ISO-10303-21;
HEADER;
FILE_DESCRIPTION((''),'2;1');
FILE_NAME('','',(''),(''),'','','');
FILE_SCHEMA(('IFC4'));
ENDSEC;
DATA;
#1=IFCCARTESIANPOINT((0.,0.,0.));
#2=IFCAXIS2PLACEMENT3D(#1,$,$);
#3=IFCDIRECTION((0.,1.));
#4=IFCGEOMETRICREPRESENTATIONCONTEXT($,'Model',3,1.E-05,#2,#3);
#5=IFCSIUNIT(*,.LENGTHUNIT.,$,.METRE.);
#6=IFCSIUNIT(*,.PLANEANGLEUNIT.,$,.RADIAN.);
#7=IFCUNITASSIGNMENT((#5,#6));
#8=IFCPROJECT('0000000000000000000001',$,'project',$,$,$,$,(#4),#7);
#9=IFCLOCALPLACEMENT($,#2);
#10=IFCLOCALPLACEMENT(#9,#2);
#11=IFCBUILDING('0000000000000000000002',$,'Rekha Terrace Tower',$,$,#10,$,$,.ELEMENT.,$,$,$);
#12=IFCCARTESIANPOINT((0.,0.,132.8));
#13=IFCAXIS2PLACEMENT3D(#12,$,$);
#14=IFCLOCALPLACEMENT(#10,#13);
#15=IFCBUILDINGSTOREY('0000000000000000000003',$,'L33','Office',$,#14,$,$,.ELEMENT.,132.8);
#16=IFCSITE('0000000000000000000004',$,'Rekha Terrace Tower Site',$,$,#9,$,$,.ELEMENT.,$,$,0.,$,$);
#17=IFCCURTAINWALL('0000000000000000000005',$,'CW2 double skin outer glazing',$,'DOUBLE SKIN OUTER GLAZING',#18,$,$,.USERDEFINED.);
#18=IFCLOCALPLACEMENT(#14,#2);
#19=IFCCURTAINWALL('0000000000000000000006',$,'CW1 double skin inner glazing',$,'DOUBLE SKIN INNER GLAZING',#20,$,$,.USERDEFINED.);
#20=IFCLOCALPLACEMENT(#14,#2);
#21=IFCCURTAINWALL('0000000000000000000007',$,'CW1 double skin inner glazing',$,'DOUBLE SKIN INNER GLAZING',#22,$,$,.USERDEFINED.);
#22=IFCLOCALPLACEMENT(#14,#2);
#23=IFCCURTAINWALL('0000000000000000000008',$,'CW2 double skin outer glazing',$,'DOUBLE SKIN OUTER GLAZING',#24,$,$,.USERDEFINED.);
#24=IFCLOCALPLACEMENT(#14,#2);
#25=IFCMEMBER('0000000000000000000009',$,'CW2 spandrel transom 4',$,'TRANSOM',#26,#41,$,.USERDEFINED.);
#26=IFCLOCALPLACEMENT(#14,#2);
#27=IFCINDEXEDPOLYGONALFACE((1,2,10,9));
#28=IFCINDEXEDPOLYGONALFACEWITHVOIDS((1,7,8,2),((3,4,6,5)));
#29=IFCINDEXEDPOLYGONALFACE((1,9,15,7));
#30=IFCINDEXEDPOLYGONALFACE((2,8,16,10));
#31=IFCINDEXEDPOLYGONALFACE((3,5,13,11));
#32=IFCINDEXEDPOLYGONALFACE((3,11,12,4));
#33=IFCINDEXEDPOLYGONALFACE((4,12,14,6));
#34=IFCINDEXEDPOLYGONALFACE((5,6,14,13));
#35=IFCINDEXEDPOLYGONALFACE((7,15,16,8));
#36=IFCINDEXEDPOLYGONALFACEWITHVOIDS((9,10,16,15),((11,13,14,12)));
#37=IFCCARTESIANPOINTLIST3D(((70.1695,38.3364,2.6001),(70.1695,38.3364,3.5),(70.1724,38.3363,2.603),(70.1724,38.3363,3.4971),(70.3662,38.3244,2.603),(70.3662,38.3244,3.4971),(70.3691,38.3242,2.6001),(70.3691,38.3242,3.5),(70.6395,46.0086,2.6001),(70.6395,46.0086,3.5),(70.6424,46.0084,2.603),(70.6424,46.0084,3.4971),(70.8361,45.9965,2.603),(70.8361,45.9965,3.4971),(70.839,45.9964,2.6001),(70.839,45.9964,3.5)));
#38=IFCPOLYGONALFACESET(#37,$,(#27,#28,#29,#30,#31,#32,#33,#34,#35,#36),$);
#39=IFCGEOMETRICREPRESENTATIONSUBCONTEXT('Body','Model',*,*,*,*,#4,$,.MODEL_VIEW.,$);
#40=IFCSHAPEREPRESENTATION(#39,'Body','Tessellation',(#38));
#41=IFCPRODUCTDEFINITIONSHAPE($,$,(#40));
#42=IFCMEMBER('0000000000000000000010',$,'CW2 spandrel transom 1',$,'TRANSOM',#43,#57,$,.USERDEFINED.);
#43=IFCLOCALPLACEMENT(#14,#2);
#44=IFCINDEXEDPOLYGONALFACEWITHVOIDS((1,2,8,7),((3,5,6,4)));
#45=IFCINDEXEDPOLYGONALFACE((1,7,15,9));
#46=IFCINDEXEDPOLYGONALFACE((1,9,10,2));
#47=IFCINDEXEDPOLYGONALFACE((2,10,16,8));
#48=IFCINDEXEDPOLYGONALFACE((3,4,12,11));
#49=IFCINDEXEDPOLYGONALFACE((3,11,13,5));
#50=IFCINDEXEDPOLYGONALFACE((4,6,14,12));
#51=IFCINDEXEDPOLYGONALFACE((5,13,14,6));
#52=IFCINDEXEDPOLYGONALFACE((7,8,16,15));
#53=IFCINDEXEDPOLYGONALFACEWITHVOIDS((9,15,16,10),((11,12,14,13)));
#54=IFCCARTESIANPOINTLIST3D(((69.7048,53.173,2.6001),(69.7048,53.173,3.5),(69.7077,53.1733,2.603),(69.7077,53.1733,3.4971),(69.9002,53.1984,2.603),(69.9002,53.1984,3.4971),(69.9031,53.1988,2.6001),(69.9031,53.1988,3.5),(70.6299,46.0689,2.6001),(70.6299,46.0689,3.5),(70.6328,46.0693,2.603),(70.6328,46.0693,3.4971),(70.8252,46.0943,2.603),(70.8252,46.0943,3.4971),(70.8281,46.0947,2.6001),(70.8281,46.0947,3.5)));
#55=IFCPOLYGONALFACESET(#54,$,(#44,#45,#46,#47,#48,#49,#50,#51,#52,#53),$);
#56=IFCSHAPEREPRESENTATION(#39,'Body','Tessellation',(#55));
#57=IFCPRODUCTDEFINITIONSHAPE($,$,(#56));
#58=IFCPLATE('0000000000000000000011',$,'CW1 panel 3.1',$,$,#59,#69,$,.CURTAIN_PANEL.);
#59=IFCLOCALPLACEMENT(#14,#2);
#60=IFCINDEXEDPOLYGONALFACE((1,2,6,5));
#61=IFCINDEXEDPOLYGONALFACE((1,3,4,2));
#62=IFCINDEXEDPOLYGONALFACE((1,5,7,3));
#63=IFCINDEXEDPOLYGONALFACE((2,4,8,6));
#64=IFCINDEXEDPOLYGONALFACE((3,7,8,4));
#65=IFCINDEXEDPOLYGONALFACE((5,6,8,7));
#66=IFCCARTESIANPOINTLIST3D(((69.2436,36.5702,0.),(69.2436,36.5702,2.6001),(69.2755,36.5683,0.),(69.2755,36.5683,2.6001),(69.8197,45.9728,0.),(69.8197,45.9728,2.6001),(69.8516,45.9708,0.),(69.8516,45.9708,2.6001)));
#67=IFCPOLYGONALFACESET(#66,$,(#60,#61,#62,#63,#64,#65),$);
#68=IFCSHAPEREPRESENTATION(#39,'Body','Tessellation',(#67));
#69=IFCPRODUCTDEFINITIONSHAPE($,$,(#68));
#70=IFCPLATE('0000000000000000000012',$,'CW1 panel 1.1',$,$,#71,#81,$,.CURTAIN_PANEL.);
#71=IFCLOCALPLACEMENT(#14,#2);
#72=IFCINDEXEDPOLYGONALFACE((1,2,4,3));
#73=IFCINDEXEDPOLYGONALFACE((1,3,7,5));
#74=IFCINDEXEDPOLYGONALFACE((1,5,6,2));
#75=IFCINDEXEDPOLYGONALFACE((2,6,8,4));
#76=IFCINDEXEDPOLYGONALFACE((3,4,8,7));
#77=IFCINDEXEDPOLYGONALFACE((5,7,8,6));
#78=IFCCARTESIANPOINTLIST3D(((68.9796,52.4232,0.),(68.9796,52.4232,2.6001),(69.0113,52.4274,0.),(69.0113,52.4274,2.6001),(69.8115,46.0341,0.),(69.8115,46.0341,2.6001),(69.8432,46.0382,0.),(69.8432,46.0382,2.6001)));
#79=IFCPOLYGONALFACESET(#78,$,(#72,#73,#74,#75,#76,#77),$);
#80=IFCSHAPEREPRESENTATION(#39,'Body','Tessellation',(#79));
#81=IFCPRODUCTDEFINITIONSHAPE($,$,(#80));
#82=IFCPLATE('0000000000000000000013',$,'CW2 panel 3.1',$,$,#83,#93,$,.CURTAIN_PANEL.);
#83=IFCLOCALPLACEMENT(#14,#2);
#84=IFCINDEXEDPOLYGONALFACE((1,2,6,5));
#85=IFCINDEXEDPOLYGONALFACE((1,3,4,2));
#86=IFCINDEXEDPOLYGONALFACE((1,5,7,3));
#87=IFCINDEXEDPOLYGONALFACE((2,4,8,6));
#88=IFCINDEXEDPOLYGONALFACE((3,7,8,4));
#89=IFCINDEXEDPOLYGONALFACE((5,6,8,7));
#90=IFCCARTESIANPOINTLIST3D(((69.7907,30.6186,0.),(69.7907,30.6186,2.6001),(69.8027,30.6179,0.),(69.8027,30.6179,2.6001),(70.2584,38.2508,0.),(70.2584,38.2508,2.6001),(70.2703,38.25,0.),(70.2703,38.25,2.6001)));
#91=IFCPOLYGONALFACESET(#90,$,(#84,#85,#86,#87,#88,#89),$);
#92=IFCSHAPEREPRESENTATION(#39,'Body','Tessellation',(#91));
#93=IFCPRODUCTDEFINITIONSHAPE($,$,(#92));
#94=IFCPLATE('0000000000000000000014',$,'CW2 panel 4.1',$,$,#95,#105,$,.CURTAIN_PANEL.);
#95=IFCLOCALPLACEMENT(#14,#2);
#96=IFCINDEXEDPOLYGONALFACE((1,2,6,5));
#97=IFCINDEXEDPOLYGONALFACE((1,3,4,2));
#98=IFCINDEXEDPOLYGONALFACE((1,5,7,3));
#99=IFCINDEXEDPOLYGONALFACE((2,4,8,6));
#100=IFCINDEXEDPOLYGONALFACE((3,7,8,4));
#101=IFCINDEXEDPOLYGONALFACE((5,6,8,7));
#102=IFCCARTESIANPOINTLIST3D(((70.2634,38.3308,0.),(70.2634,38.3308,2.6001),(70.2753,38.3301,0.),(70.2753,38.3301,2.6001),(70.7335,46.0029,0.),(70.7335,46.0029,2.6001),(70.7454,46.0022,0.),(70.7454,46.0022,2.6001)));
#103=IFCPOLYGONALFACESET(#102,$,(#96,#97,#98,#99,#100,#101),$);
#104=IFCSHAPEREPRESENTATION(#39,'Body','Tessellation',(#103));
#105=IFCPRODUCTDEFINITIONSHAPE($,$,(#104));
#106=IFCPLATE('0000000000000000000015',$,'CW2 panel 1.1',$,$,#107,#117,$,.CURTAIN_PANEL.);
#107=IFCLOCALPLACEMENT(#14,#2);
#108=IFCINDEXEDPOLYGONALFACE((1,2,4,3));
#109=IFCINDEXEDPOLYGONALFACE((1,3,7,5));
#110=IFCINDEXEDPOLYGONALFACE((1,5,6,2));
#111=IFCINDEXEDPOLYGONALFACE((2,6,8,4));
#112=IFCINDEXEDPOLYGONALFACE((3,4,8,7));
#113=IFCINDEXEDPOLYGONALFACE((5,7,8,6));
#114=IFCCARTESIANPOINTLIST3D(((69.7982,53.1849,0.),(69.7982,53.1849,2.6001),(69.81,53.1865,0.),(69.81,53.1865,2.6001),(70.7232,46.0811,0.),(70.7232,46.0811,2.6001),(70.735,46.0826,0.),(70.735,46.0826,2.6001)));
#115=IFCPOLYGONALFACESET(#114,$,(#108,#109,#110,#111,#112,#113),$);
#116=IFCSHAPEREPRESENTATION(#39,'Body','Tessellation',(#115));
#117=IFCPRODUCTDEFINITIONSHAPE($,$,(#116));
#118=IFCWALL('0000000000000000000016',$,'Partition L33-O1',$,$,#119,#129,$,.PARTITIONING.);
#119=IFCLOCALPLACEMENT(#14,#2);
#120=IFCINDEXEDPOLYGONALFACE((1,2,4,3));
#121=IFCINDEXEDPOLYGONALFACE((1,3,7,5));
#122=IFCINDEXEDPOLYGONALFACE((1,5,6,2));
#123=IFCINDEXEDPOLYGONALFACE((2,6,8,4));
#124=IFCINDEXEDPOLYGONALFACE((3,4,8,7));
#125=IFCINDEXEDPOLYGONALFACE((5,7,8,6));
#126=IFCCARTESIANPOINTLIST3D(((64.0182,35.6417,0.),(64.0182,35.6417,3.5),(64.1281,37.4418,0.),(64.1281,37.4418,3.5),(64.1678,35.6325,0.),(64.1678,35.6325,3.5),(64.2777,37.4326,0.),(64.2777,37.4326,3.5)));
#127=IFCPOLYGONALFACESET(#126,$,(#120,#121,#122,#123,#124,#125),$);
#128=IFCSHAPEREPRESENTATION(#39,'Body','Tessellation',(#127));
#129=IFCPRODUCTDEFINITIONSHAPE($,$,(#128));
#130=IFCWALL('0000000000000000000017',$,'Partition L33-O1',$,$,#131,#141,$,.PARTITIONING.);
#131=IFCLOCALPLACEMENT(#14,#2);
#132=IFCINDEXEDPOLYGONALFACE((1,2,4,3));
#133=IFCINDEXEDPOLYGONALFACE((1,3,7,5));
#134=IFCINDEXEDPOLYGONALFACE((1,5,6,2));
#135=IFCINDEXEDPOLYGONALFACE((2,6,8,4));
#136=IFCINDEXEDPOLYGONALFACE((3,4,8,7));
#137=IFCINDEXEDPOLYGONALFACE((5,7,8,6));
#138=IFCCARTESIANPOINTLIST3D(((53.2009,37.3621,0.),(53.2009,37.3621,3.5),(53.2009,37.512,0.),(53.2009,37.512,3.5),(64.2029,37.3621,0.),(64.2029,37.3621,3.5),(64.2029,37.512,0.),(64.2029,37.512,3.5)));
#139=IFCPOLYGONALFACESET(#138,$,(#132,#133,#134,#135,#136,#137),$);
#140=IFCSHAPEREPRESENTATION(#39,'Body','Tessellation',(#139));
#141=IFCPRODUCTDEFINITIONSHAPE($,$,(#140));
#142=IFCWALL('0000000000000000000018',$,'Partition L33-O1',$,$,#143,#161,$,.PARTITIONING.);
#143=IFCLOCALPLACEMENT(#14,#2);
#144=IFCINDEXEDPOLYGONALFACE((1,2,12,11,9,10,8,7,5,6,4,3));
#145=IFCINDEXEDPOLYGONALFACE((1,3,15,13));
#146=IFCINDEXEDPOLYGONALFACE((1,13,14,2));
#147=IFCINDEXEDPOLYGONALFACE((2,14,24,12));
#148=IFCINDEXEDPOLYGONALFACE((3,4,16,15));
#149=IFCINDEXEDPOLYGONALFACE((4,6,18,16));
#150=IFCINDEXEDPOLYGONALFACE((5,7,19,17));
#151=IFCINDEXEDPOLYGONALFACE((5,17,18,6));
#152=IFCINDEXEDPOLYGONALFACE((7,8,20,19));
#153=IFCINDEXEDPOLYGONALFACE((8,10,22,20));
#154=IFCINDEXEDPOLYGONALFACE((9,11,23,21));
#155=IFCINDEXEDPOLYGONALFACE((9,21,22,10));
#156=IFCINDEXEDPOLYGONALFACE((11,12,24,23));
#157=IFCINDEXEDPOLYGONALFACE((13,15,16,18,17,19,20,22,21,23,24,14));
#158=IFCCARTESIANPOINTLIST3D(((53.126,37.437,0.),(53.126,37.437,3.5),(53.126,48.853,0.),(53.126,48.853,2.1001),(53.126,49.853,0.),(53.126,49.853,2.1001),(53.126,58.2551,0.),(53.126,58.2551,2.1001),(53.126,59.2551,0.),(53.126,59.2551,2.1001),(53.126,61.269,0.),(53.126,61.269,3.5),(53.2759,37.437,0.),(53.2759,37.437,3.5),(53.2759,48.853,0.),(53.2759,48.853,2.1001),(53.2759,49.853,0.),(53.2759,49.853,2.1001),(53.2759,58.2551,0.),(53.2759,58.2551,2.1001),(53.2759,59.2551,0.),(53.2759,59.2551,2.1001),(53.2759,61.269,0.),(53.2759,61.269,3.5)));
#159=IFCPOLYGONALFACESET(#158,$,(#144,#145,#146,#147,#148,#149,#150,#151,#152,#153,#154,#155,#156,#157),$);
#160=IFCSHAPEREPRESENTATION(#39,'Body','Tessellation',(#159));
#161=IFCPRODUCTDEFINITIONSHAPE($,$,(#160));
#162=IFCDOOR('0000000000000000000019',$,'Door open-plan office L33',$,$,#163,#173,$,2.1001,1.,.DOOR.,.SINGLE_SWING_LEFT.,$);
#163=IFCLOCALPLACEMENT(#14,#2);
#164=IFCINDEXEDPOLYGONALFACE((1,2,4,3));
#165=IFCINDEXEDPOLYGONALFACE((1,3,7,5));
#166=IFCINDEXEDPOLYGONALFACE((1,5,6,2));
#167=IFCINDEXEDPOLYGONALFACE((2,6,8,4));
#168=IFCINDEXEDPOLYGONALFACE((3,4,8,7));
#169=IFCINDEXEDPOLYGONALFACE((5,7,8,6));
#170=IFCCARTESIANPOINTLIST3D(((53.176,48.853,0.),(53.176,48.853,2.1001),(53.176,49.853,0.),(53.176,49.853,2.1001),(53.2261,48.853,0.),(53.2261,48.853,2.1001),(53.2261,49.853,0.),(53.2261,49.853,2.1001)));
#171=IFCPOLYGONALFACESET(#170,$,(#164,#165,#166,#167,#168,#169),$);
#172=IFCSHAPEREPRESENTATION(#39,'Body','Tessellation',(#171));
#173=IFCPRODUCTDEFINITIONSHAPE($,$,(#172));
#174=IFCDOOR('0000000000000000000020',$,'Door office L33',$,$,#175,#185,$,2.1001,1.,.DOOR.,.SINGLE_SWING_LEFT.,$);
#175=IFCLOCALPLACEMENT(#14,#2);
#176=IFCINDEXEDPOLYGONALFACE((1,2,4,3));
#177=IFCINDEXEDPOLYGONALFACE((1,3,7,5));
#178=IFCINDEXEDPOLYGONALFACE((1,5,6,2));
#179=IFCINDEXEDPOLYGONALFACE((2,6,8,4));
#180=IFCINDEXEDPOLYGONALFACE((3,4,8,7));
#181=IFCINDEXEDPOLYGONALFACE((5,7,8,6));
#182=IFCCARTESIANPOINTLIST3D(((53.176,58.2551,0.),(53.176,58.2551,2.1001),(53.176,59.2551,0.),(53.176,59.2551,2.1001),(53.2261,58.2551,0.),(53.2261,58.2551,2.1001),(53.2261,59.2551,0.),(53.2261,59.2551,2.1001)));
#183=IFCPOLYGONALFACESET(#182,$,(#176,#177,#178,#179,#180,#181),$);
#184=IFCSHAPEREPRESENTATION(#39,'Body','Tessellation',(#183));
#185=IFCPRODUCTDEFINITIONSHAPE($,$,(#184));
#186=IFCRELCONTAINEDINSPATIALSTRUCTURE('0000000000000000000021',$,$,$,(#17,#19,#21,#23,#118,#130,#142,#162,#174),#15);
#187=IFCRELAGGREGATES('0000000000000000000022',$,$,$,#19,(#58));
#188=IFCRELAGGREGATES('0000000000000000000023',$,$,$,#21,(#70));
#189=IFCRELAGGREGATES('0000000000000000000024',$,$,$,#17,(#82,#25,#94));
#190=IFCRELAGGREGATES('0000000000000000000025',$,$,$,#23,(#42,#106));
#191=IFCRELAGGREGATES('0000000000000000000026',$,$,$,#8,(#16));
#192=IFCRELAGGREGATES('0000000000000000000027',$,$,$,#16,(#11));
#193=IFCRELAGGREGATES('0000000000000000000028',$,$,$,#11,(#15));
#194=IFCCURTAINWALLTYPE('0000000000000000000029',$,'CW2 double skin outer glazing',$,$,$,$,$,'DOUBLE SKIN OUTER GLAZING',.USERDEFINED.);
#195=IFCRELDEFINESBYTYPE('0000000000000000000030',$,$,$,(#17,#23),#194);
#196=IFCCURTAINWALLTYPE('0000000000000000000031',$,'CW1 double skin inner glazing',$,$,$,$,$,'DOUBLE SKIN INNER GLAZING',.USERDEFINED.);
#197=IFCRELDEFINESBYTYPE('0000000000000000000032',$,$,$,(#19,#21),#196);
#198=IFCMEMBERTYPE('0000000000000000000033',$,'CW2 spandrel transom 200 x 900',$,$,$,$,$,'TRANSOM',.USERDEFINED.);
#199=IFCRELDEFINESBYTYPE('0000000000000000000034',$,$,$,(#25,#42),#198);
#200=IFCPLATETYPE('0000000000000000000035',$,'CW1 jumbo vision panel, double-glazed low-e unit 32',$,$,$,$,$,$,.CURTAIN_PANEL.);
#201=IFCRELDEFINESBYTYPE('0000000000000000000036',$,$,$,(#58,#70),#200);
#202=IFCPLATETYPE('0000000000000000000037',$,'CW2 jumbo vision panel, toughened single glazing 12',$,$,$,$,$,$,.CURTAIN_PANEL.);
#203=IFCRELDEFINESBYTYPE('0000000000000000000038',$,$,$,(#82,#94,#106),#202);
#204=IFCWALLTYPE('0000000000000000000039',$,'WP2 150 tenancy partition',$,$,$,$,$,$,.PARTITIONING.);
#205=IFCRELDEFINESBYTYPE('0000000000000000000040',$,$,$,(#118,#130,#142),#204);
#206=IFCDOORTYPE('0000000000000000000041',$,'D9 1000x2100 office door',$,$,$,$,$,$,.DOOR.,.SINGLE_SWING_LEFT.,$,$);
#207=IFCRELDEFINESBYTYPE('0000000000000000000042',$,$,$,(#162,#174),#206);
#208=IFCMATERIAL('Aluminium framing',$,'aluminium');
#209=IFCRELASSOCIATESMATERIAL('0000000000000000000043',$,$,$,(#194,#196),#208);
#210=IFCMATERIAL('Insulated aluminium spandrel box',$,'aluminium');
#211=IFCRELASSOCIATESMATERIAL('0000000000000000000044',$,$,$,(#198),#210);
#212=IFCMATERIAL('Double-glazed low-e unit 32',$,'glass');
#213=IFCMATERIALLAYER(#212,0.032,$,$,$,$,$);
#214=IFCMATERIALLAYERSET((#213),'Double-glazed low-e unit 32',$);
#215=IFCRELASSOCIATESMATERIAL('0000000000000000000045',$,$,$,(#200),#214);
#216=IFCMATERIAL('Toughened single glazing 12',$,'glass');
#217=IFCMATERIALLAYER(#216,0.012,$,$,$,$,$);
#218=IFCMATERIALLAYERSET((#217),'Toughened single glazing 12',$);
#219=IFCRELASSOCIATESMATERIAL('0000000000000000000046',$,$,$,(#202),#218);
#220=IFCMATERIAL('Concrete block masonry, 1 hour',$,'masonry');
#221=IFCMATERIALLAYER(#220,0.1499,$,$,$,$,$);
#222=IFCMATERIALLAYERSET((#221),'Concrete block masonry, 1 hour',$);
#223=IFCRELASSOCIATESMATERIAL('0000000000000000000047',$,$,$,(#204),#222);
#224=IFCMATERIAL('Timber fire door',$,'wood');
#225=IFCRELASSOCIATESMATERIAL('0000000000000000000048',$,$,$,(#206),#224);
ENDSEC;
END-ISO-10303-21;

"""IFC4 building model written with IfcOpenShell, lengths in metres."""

from ifc_helpers import new_model, si_unit, direction, frame, frame_2d, origin, origin_2d, place, context, subcontext, project, spatial, rectangle, hollow_rectangle, extrude, material, layer, layer_set, material_profile, profile_set, type_object, element, fill, aggregate, save


model = new_model("IFC4")

# Units and contexts
model_context = context("Model", 3, precision=1e-05, world=origin(), true_north=direction((0.0, 1.0)))
body_context = subcontext(model_context, "Body", "Model", "MODEL_VIEW")
ifc_project = project(units=[si_unit("LENGTHUNIT", "METRE"), si_unit("PLANEANGLEUNIT", "RADIAN")], contexts=[model_context])

# Site, building, storey
site_placement = place(None, origin())
site = spatial("IfcSite", under=ifc_project, at=site_placement, Name="Rekha Terrace Tower Site", CompositionType="ELEMENT", RefElevation=0.0)
building_placement = place(site_placement, origin())
building = spatial("IfcBuilding", under=site, at=building_placement, Name="Rekha Terrace Tower", CompositionType="ELEMENT")
storey_placement = place(building_placement, frame((0.0, 0.0, 132.8)))
storey = spatial("IfcBuildingStorey", under=building, at=storey_placement, Name="L33", Description="Office", CompositionType="ELEMENT", Elevation=132.8)

# Curtain walls
ifc_material_1 = material(Name="Aluminium framing", Category="aluminium")
curtain_wall_type_1 = type_object("IfcCurtainWallType", Name="CW2 double skin outer glazing", ElementType="DOUBLE SKIN OUTER GLAZING", PredefinedType="USERDEFINED", material=ifc_material_1)
curtain_wall_1_placement = place(storey_placement, origin())
curtain_wall_1 = element("IfcCurtainWall", 1, at=curtain_wall_1_placement, inside=storey, type_object=curtain_wall_type_1, Name="CW2 double skin outer glazing", ObjectType="DOUBLE SKIN OUTER GLAZING", PredefinedType="USERDEFINED")
curtain_wall_type_2 = type_object("IfcCurtainWallType", Name="CW1 double skin inner glazing", ElementType="DOUBLE SKIN INNER GLAZING", PredefinedType="USERDEFINED", material=ifc_material_1)
curtain_wall_2_placement = place(storey_placement, origin())
curtain_wall_2 = element("IfcCurtainWall", 2, at=curtain_wall_2_placement, inside=storey, type_object=curtain_wall_type_2, Name="CW1 double skin inner glazing", ObjectType="DOUBLE SKIN INNER GLAZING", PredefinedType="USERDEFINED")
curtain_wall_3_placement = place(storey_placement, origin())
curtain_wall_3 = element("IfcCurtainWall", 3, at=curtain_wall_3_placement, inside=storey, type_object=curtain_wall_type_2, Name="CW1 double skin inner glazing", ObjectType="DOUBLE SKIN INNER GLAZING", PredefinedType="USERDEFINED")

# Shared definitions
ifc_material_2 = material(Name="Insulated aluminium spandrel box", Category="aluminium")

# Curtain wall
curtain_wall_4_placement = place(storey_placement, origin())
curtain_wall_4 = element("IfcCurtainWall", 4, at=curtain_wall_4_placement, inside=storey, type_object=curtain_wall_type_1, Name="CW2 double skin outer glazing", ObjectType="DOUBLE SKIN OUTER GLAZING", PredefinedType="USERDEFINED")

# Members
ifc_material_profile_1 = material_profile(ifc_material_2, hollow_rectangle(XDim=0.2, YDim=0.8999, WallThickness=0.0029, at=origin_2d()), Name="AL SPANDREL BOX 200x900")
ifc_profile_set_1 = profile_set([ifc_material_profile_1], Name="Insulated aluminium spandrel box")
member_type_1 = type_object("IfcMemberType", Name="CW2 spandrel transom 200 x 900", ElementType="TRANSOM", PredefinedType="USERDEFINED", material=ifc_profile_set_1)
member_1_placement = place(storey_placement, frame((70.2693, 38.3303, 3.05), z_axis=(0.061142, 0.998129, 0.0), x_axis=(-0.998129, 0.061142, 0.0)))
member_1 = element("IfcMember", 5, at=member_1_placement, type_object=member_type_1, Name="CW2 spandrel transom 4", ObjectType="TRANSOM", PredefinedType="USERDEFINED", context=body_context, shape_type="SweptSolid", body=[
    extrude(hollow_rectangle(XDim=0.2, YDim=0.8999, WallThickness=0.0029, at=origin_2d()), origin(), (0.0, 0.0, 1.0), 7.6865),
])
member_2_placement = place(storey_placement, frame((70.729, 46.0818, 3.05), z_axis=(-0.129125, 0.991628, 0.0), x_axis=(-0.991628, -0.129125, 0.0)))
member_2 = element("IfcMember", 6, at=member_2_placement, type_object=member_type_1, Name="CW2 spandrel transom 1", ObjectType="TRANSOM", PredefinedType="USERDEFINED", context=body_context, shape_type="SweptSolid", body=[
    extrude(hollow_rectangle(XDim=0.2, YDim=0.8999, WallThickness=0.0029, at=origin_2d()), origin(), (0.0, 0.0, 1.0), 7.1641),
])

# Plates
ifc_material_3 = material(Name="Double-glazed low-e unit 32", Category="glass")
ifc_layer_1 = layer(ifc_material_3, 0.032)
ifc_layer_set_1 = layer_set([ifc_layer_1], Name="Double-glazed low-e unit 32")
plate_type_1 = type_object("IfcPlateType", Name="CW1 jumbo vision panel, double-glazed low-e unit 32", PredefinedType="CURTAIN_PANEL", material=ifc_layer_set_1)
plate_1_placement = place(storey_placement, frame((69.5476, 41.2705, 0.0), z_axis=(0.0, 0.0, 1.0), x_axis=(0.06116, 0.998128, 0.0)))
plate_1 = element("IfcPlate", 7, at=plate_1_placement, type_object=plate_type_1, Name="CW1 panel 3.1", PredefinedType="CURTAIN_PANEL", context=body_context, shape_type="SweptSolid", body=[
    extrude(rectangle(XDim=9.4202, YDim=0.032, at=origin_2d()), origin(), (0.0, 0.0, 1.0), 2.6001),
])
aggregate(curtain_wall_2, [plate_1])
plate_2_placement = place(storey_placement, frame((69.4114, 49.2307, 0.0), z_axis=(0.0, 0.0, 1.0), x_axis=(-0.129118, 0.991629, 0.0)))
plate_2 = element("IfcPlate", 8, at=plate_2_placement, type_object=plate_type_1, Name="CW1 panel 1.1", PredefinedType="CURTAIN_PANEL", context=body_context, shape_type="SweptSolid", body=[
    extrude(rectangle(XDim=6.4431, YDim=0.032, at=origin_2d()), origin(), (0.0, 0.0, 1.0), 2.6001),
])
aggregate(curtain_wall_3, [plate_2])
ifc_material_4 = material(Name="Toughened single glazing 12", Category="glass")
ifc_layer_2 = layer(ifc_material_4, 0.012)
ifc_layer_set_2 = layer_set([ifc_layer_2], Name="Toughened single glazing 12")
plate_type_2 = type_object("IfcPlateType", Name="CW2 jumbo vision panel, toughened single glazing 12", PredefinedType="CURTAIN_PANEL", material=ifc_layer_set_2)
plate_3_placement = place(storey_placement, frame((70.0305, 34.4343, 0.0), z_axis=(0.0, 0.0, 1.0), x_axis=(0.06116, 0.998128, 0.0)))
plate_3 = element("IfcPlate", 9, at=plate_3_placement, type_object=plate_type_2, Name="CW2 panel 3.1", PredefinedType="CURTAIN_PANEL", context=body_context, shape_type="SweptSolid", body=[
    extrude(rectangle(XDim=7.6465, YDim=0.012, at=origin_2d()), origin(), (0.0, 0.0, 1.0), 2.6001),
])
plate_4_placement = place(storey_placement, frame((70.5044, 42.1665, 0.0), z_axis=(0.0, 0.0, 1.0), x_axis=(0.06116, 0.998128, 0.0)))
plate_4 = element("IfcPlate", 10, at=plate_4_placement, type_object=plate_type_2, Name="CW2 panel 4.1", PredefinedType="CURTAIN_PANEL", context=body_context, shape_type="SweptSolid", body=[
    extrude(rectangle(XDim=7.6865, YDim=0.012, at=origin_2d()), origin(), (0.0, 0.0, 1.0), 2.6001),
])
aggregate(curtain_wall_1, [plate_3, member_1, plate_4])
plate_5_placement = place(storey_placement, frame((70.2666, 49.6338, 0.0), z_axis=(0.0, 0.0, 1.0), x_axis=(-0.129118, 0.991629, 0.0)))
plate_5 = element("IfcPlate", 11, at=plate_5_placement, type_object=plate_type_2, Name="CW2 panel 1.1", PredefinedType="CURTAIN_PANEL", context=body_context, shape_type="SweptSolid", body=[
    extrude(rectangle(XDim=7.1638, YDim=0.012, at=origin_2d()), origin(), (0.0, 0.0, 1.0), 2.6001),
])
aggregate(curtain_wall_4, [member_2, plate_5])

# Walls
ifc_material_5 = material(Name="Concrete block masonry, 1 hour", Category="masonry")
ifc_layer_3 = layer(ifc_material_5, 0.1499)
ifc_layer_set_3 = layer_set([ifc_layer_3], Name="Concrete block masonry, 1 hour")
wall_type_1 = type_object("IfcWallType", Name="WP2 150 tenancy partition", PredefinedType="PARTITIONING", material=ifc_layer_set_3)
wall_1_placement = place(storey_placement, frame((64.093, 35.637, 0.0), z_axis=(0.0, 0.0, 1.0), x_axis=(0.06092, 0.998143, 0.0)))
element("IfcWall", 12, at=wall_1_placement, inside=storey, type_object=wall_type_1, Name="Partition L33-O1", PredefinedType="PARTITIONING", context=body_context, shape_type="SweptSolid", body=[
    extrude(rectangle(XDim=1.8035, YDim=0.1499, at=frame_2d((0.9019, 0.0))), origin(), (0.0, 0.0, 1.0), 3.5),
])
wall_2_placement = place(storey_placement, frame((64.2029, 37.437, 0.0), z_axis=(0.0, 0.0, 1.0), x_axis=(-1.0, 0.0, 0.0)))
element("IfcWall", 13, at=wall_2_placement, inside=storey, type_object=wall_type_1, Name="Partition L33-O1", PredefinedType="PARTITIONING", context=body_context, shape_type="SweptSolid", body=[
    extrude(rectangle(XDim=11.002, YDim=0.1499, at=frame_2d((5.501, 0.0))), origin(), (0.0, 0.0, 1.0), 3.5),
])

# Wall, openings, doors
wall_3_placement = place(storey_placement, frame((53.2009, 37.437, 0.0), z_axis=(0.0, 0.0, 1.0), x_axis=(0.0, 1.0, 0.0)))
wall_3 = element("IfcWall", 14, at=wall_3_placement, inside=storey, type_object=wall_type_1, Name="Partition L33-O1", PredefinedType="PARTITIONING", context=body_context, shape_type="SweptSolid", body=[
    extrude(rectangle(XDim=23.832, YDim=0.1499, at=frame_2d((11.916, 0.0))), origin(), (0.0, 0.0, 1.0), 3.5),
])
opening_1_placement = place(wall_3_placement, frame((11.416, 0.0, 0.0)))
opening_1 = element("IfcOpeningElement", 15, at=opening_1_placement, cuts=wall_3, PredefinedType="OPENING", context=body_context, shape_type="SweptSolid", body=[
    extrude(rectangle(XDim=1.0, YDim=2.1001, at=frame_2d((0.5, 1.05))), frame((0.0, 0.085, 0.0), z_axis=(0.0, -1.0, 0.0), x_axis=(1.0, 0.0, 0.0)), (0.0, 0.0, 1.0), 0.1699),
])
opening_2_placement = place(wall_3_placement, frame((20.8181, 0.0, 0.0)))
opening_2 = element("IfcOpeningElement", 16, at=opening_2_placement, cuts=wall_3, PredefinedType="OPENING", context=body_context, shape_type="SweptSolid", body=[
    extrude(rectangle(XDim=1.0, YDim=2.1001, at=frame_2d((0.5, 1.05))), frame((0.0, 0.085, 0.0), z_axis=(0.0, -1.0, 0.0), x_axis=(1.0, 0.0, 0.0)), (0.0, 0.0, 1.0), 0.1699),
])
ifc_material_6 = material(Name="Timber fire door", Category="wood")
door_type = type_object("IfcDoorType", Name="D9 1000x2100 office door", OperationType="SINGLE_SWING_LEFT", PredefinedType="DOOR", material=ifc_material_6)
door_1_placement = place(opening_1_placement, origin())
door_1 = element("IfcDoor", 17, at=door_1_placement, inside=storey, type_object=door_type, Name="Door open-plan office L33", OperationType="SINGLE_SWING_LEFT", OverallHeight=2.1001, OverallWidth=1.0, PredefinedType="DOOR", context=body_context, shape_type="SweptSolid", body=[
    extrude(rectangle(XDim=1.0, YDim=2.1001, at=frame_2d((0.5, 1.05))), frame((0.0, 0.0249, 0.0), z_axis=(0.0, -1.0, 0.0), x_axis=(1.0, 0.0, 0.0)), (0.0, 0.0, 1.0), 0.05),
])
fill(opening_1, door_1)
door_2_placement = place(opening_2_placement, origin())
door_2 = element("IfcDoor", 18, at=door_2_placement, inside=storey, type_object=door_type, Name="Door office L33", OperationType="SINGLE_SWING_LEFT", OverallHeight=2.1001, OverallWidth=1.0, PredefinedType="DOOR", context=body_context, shape_type="SweptSolid", body=[
    extrude(rectangle(XDim=1.0, YDim=2.1001, at=frame_2d((0.5, 1.05))), frame((0.0, 0.0249, 0.0), z_axis=(0.0, -1.0, 0.0), x_axis=(1.0, 0.0, 0.0)), (0.0, 0.0, 1.0), 0.05),
])
fill(opening_2, door_2)

save(model, "model.ifc")
